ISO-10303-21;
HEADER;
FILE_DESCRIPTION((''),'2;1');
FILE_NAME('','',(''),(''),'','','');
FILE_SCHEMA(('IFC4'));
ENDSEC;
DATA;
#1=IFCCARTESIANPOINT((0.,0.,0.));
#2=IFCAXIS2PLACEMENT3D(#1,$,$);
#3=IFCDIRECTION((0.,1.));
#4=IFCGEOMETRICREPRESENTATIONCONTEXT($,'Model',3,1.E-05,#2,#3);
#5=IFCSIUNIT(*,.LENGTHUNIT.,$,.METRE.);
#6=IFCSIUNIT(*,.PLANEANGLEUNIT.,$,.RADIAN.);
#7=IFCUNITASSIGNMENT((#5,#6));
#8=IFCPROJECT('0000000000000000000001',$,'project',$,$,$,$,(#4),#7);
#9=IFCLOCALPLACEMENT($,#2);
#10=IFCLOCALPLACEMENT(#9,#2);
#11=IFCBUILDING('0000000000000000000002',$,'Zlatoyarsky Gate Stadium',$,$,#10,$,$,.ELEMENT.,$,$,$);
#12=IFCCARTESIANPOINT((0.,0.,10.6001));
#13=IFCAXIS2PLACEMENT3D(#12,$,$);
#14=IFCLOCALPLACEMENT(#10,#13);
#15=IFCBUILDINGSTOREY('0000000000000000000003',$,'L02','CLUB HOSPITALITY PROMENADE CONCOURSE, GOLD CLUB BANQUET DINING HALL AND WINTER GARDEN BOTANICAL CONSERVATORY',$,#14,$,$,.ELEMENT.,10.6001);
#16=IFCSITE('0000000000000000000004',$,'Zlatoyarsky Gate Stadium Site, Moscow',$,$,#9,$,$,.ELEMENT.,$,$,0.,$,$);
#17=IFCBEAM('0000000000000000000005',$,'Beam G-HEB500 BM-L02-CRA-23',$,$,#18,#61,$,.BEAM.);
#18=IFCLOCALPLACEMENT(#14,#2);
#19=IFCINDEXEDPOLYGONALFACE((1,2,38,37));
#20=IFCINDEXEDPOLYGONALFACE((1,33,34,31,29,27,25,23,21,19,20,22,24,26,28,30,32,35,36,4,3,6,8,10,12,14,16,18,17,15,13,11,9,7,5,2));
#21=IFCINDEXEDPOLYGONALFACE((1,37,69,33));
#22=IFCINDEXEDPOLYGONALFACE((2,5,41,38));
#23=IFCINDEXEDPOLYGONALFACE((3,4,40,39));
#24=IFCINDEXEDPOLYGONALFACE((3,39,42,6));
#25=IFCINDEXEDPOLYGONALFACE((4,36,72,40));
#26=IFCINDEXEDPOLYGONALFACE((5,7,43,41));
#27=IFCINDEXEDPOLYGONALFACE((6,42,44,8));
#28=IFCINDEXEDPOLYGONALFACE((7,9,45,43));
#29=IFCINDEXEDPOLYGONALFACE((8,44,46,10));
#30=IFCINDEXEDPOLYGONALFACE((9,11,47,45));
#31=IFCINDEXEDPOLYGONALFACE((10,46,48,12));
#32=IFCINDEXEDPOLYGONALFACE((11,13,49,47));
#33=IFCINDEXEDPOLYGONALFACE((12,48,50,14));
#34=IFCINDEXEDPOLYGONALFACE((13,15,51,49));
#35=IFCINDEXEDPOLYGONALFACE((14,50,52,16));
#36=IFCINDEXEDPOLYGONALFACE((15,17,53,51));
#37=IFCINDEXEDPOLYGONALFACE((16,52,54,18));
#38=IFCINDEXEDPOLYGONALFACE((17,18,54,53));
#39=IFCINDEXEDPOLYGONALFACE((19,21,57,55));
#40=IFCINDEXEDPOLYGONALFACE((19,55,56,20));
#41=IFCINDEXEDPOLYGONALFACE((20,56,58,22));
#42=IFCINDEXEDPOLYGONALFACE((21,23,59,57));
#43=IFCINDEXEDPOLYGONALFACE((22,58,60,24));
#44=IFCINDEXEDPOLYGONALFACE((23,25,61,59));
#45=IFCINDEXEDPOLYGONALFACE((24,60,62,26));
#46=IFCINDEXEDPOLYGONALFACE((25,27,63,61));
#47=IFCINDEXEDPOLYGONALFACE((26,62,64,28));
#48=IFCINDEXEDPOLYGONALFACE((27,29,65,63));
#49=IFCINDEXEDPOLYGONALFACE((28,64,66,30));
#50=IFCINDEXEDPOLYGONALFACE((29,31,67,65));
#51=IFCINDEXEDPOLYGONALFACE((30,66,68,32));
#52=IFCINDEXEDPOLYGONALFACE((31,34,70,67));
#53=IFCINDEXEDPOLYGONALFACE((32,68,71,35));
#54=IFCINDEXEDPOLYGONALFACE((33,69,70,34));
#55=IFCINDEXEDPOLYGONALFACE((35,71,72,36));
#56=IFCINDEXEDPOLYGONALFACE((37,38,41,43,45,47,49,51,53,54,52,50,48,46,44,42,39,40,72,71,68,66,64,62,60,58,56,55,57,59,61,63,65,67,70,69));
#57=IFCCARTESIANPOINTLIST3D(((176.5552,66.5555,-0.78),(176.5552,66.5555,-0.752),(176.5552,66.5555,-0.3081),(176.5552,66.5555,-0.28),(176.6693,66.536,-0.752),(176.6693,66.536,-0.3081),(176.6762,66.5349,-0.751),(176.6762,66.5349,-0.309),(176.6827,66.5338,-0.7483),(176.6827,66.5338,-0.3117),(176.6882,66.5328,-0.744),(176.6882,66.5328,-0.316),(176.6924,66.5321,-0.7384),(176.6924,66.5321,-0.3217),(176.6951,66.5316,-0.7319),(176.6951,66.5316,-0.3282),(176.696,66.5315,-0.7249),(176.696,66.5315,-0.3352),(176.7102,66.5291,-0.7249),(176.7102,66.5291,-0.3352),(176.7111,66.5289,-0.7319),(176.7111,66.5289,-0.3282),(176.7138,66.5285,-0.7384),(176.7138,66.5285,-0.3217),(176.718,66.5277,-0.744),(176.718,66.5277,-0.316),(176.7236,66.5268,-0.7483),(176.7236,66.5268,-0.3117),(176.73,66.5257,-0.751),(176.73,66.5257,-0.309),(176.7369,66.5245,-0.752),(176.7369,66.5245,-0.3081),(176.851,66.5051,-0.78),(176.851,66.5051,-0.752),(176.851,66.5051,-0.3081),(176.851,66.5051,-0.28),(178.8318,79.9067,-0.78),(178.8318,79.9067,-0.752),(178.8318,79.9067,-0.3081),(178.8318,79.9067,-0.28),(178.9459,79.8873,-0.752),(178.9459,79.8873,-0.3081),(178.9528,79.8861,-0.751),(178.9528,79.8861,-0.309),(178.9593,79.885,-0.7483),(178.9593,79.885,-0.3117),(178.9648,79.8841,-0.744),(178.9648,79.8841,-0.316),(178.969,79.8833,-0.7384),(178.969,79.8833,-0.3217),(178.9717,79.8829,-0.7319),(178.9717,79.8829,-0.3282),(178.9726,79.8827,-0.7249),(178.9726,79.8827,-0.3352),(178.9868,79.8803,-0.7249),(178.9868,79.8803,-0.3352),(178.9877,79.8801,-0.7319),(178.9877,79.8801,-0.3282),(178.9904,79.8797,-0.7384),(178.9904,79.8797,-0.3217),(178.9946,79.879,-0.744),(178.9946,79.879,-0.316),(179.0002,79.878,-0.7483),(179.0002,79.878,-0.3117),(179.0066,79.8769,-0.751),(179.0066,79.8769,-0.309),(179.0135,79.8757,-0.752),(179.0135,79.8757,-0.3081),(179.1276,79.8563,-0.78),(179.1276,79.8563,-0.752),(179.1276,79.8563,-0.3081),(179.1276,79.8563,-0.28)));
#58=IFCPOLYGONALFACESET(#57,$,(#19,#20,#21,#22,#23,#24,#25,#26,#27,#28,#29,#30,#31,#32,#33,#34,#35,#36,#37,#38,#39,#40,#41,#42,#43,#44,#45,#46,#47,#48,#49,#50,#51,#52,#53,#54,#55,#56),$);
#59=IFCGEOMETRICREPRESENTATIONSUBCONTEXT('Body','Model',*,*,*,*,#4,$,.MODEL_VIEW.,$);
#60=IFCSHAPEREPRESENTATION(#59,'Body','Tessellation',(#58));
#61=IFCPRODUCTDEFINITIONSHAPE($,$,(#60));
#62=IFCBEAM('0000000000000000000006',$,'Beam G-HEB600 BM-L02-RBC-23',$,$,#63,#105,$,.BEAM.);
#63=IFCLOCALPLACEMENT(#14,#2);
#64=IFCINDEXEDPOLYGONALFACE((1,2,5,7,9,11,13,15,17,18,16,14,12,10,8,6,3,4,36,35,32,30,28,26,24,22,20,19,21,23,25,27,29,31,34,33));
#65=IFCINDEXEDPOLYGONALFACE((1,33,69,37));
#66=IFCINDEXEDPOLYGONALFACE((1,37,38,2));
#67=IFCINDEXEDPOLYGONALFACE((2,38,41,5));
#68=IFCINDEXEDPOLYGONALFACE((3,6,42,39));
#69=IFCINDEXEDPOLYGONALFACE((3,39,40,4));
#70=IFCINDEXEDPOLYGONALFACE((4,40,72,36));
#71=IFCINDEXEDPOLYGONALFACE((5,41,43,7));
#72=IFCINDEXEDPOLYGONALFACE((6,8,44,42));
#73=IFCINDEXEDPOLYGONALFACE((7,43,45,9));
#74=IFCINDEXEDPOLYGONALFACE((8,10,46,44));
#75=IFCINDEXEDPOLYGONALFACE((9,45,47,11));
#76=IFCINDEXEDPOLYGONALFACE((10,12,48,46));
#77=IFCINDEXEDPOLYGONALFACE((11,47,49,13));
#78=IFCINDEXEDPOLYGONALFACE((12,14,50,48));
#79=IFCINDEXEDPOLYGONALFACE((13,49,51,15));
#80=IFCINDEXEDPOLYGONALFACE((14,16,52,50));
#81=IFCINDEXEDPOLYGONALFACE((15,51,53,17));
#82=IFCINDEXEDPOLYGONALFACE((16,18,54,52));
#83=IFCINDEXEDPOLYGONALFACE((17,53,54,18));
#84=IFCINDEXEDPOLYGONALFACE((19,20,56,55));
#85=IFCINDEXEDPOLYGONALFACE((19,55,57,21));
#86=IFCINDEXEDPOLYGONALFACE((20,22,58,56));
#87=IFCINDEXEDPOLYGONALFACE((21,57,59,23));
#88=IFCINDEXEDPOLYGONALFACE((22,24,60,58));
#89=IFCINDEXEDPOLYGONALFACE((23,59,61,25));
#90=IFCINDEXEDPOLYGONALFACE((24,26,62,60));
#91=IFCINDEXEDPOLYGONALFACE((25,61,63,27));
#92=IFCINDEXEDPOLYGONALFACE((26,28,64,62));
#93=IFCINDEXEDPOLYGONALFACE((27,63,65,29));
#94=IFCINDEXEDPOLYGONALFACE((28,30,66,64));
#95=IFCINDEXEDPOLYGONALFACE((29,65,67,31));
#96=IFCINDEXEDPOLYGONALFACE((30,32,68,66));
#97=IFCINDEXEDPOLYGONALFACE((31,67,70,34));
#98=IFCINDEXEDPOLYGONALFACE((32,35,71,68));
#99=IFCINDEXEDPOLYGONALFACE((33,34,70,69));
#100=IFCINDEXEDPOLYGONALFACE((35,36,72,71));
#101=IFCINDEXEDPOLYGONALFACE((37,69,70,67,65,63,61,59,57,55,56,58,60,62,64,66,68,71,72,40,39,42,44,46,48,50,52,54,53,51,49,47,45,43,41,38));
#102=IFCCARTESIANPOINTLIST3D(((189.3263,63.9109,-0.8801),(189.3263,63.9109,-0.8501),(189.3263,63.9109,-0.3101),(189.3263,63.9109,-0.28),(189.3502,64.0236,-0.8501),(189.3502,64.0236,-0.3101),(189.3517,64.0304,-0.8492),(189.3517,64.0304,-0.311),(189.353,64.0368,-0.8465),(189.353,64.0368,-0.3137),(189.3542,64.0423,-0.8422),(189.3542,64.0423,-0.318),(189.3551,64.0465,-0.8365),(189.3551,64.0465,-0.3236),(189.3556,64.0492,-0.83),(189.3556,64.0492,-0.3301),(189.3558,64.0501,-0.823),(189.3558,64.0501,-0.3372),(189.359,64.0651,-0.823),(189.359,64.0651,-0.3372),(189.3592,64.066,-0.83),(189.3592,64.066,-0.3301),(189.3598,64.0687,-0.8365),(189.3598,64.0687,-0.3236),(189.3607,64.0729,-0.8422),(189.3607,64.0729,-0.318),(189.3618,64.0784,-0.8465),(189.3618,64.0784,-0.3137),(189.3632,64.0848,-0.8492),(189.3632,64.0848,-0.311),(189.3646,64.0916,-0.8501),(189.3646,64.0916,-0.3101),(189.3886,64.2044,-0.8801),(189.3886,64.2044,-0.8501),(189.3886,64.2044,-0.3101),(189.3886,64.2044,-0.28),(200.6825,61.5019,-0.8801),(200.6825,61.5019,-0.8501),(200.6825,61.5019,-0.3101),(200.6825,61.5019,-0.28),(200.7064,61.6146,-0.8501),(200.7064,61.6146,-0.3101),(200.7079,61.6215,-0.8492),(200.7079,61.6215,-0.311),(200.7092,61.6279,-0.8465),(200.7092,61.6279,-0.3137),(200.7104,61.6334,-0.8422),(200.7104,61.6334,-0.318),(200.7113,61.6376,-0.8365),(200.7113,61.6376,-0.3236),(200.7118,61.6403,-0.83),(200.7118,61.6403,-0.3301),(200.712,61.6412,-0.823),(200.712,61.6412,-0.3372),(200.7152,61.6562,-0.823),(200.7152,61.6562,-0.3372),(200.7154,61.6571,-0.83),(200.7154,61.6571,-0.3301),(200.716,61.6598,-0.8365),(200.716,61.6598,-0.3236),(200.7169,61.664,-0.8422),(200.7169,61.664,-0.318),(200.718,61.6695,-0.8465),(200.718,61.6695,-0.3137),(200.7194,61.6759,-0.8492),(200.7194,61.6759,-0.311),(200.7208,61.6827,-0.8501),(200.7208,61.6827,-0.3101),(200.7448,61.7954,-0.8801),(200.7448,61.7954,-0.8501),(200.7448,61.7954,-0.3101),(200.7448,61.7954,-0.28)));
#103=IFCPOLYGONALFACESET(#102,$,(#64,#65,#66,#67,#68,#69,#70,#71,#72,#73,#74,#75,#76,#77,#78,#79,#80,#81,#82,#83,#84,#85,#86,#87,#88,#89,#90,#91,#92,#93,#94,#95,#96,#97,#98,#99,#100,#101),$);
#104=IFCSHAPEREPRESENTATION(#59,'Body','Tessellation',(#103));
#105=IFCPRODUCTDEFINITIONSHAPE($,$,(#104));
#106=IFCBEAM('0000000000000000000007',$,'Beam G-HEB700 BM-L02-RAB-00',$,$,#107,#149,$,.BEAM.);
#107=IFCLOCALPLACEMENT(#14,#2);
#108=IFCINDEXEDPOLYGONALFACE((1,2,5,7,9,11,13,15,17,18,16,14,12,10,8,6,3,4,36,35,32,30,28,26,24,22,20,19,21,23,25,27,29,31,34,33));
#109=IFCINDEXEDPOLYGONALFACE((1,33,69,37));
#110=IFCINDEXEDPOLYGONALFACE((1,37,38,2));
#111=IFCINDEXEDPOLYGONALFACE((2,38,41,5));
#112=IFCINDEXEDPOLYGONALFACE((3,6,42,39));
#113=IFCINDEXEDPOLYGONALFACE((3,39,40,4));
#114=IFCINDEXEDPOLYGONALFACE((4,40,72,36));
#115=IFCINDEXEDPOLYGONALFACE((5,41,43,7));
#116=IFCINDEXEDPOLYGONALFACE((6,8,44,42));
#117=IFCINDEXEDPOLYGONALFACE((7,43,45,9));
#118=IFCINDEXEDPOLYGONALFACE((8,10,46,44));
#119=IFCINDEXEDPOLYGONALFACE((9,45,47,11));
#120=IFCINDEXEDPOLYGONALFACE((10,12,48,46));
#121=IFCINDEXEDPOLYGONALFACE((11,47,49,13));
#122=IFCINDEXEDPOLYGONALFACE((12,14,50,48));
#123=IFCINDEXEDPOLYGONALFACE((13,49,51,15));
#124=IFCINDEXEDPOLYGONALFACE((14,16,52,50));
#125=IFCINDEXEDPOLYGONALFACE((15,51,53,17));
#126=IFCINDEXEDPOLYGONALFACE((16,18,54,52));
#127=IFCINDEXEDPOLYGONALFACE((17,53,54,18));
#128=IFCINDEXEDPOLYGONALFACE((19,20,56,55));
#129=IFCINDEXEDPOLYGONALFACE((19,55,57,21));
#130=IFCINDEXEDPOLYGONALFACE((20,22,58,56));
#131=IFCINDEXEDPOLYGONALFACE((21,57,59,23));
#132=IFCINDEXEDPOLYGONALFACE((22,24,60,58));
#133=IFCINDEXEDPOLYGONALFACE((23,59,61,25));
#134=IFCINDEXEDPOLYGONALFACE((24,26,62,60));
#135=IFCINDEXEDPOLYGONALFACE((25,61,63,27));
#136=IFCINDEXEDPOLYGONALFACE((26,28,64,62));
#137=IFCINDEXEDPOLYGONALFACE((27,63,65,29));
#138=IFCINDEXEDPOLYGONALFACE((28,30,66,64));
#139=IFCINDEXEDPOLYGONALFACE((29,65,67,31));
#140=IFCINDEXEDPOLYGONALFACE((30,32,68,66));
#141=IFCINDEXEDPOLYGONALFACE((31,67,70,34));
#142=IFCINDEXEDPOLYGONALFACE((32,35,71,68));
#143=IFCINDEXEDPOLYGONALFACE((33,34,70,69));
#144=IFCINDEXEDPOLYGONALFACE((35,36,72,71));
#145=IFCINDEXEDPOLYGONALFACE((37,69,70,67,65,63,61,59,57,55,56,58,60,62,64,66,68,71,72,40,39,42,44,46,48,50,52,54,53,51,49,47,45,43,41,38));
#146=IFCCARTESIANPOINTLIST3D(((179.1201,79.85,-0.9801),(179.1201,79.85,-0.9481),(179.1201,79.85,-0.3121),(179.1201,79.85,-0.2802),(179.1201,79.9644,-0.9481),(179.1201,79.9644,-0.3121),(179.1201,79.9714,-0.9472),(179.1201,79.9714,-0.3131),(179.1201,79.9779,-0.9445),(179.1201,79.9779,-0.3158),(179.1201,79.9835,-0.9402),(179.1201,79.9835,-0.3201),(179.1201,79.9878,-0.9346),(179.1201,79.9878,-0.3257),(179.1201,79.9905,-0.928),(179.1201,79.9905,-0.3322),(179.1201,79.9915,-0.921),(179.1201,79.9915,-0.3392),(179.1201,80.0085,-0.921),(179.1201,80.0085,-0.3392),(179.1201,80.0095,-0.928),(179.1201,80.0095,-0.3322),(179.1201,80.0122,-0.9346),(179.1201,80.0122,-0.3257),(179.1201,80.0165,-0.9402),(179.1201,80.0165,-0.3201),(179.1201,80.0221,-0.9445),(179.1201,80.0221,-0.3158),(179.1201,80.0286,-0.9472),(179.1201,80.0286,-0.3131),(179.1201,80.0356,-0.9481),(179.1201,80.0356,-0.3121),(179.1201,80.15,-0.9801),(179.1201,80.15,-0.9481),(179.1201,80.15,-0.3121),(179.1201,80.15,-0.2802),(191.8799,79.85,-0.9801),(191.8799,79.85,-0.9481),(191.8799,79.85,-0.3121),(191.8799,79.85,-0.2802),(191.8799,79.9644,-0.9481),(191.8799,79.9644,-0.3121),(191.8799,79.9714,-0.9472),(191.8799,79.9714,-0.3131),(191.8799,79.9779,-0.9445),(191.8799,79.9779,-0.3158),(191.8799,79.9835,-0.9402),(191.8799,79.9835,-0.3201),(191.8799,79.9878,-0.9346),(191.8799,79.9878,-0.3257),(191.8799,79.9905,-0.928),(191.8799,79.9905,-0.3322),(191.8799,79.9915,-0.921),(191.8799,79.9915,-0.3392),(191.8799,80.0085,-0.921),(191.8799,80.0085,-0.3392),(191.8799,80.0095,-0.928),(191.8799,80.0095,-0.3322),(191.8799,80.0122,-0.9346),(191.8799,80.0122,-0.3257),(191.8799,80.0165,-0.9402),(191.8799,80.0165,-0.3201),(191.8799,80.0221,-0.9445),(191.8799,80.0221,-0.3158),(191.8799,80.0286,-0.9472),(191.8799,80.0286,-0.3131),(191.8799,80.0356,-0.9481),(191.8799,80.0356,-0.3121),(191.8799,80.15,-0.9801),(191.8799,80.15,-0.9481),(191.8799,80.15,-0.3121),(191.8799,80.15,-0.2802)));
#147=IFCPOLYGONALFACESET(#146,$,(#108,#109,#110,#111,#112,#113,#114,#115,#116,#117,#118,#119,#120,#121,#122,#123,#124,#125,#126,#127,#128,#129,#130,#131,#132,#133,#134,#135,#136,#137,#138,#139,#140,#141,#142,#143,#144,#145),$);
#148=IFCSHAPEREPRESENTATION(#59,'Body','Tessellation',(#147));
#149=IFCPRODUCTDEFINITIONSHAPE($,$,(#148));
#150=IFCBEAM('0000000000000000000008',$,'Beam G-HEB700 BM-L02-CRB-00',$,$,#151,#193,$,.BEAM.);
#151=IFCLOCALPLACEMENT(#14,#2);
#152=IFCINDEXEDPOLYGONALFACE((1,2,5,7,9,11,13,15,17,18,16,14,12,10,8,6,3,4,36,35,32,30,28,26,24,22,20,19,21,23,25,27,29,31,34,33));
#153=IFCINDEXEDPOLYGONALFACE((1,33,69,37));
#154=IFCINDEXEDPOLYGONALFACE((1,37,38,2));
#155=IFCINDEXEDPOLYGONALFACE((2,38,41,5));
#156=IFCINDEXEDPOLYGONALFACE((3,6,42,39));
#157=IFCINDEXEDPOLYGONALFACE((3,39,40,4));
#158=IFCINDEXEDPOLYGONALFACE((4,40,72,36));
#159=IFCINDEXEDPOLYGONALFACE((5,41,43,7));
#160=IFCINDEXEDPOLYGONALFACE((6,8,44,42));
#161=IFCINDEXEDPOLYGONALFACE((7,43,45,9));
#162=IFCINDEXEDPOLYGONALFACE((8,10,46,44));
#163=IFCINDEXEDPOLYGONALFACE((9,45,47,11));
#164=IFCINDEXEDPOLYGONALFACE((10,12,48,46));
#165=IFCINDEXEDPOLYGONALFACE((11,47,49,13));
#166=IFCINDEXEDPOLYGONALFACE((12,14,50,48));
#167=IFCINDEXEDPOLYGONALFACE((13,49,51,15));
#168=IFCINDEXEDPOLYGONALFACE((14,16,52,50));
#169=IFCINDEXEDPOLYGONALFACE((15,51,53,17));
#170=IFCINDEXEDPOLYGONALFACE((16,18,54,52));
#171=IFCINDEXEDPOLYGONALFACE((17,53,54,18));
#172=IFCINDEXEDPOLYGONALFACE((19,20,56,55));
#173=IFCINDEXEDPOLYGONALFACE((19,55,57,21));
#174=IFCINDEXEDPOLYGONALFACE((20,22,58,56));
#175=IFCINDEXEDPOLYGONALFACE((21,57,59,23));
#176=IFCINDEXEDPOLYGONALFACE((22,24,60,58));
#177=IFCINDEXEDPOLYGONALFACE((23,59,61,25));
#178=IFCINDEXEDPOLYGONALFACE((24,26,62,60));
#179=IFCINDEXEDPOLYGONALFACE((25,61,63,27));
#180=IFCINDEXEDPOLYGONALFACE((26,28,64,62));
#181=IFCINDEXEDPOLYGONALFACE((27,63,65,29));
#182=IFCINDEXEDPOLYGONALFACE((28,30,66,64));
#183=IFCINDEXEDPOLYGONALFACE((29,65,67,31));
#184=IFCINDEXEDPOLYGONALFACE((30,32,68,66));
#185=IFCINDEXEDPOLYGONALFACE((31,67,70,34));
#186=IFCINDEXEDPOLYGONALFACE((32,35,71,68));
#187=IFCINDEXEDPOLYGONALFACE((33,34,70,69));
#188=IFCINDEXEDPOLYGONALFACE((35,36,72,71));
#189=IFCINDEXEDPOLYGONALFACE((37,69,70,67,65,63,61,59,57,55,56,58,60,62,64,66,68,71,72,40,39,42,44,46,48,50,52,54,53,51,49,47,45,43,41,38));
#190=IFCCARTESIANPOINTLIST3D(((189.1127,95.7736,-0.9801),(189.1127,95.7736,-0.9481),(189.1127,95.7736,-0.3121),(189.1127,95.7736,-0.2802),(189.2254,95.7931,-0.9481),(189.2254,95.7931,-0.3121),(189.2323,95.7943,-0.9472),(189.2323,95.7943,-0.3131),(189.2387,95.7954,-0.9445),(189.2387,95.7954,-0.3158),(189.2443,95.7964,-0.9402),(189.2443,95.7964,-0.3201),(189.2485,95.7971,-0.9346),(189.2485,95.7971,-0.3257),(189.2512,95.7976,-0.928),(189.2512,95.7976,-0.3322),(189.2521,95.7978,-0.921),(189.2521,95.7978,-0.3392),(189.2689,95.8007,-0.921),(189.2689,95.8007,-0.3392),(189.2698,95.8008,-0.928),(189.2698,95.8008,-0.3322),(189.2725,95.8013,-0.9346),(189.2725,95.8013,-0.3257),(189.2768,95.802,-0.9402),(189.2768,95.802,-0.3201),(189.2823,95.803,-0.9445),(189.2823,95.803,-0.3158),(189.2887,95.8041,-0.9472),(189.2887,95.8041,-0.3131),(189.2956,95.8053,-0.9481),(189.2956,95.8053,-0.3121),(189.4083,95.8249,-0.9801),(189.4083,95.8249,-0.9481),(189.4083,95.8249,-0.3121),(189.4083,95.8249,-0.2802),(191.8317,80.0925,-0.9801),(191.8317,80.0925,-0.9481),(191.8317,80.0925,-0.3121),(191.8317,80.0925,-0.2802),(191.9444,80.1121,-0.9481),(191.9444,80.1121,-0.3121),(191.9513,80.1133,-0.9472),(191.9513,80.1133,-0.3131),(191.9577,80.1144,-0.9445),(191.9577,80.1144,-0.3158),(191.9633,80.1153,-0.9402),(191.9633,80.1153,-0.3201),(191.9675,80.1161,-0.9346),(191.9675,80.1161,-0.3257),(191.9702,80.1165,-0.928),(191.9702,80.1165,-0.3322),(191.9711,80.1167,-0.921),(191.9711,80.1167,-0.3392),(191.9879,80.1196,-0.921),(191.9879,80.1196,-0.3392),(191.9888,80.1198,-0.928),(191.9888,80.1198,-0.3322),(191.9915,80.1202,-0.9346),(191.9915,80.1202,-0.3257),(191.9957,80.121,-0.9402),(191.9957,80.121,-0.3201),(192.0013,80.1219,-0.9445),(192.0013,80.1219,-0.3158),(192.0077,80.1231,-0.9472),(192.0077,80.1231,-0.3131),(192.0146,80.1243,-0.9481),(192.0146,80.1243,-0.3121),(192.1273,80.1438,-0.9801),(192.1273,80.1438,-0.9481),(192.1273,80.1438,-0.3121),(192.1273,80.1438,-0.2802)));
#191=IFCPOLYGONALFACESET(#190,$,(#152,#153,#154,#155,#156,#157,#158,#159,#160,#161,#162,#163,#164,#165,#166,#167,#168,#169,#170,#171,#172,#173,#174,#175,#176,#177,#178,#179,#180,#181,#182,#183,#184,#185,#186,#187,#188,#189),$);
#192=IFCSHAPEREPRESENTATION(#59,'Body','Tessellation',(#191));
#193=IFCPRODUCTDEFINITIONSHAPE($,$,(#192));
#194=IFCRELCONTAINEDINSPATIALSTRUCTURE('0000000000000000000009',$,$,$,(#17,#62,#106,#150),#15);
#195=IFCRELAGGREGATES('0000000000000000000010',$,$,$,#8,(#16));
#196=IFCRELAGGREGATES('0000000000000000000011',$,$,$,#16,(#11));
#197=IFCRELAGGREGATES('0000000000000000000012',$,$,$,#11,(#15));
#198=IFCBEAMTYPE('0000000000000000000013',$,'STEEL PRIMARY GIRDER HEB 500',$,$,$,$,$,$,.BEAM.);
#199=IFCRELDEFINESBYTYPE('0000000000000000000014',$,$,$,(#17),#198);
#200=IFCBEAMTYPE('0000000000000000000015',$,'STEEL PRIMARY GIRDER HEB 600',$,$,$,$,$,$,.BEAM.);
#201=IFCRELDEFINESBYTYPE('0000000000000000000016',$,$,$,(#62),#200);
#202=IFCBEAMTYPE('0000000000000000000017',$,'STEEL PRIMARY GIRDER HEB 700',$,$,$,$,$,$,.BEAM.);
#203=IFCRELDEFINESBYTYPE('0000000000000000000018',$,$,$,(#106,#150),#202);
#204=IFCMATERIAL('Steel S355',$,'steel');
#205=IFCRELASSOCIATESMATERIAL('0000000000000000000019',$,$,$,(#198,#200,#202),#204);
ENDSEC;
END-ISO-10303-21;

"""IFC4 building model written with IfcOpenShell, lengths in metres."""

from ifc_helpers import new_model, si_unit, direction, frame, origin, origin_2d, place, context, subcontext, project, spatial, i_section, extrude, material, material_profile, profile_set, type_object, element, save


model = new_model("IFC4")

# Units and contexts
model_context = context("Model", 3, precision=1e-05, world=origin(), true_north=direction((0.0, 1.0)))
body_context = subcontext(model_context, "Body", "Model", "MODEL_VIEW")
ifc_project = project(units=[si_unit("LENGTHUNIT", "METRE"), si_unit("PLANEANGLEUNIT", "RADIAN")], contexts=[model_context])

# Site, building, storey
site_placement = place(None, origin())
site = spatial("IfcSite", under=ifc_project, at=site_placement, Name="Zlatoyarsky Gate Stadium Site, Moscow", CompositionType="ELEMENT", RefElevation=0.0)
building_placement = place(site_placement, origin())
building = spatial("IfcBuilding", under=site, at=building_placement, Name="Zlatoyarsky Gate Stadium", CompositionType="ELEMENT")
storey_placement = place(building_placement, frame((0.0, 0.0, 10.6001)))
storey = spatial("IfcBuildingStorey", under=building, at=storey_placement, Name="L02", Description="CLUB HOSPITALITY PROMENADE CONCOURSE, GOLD CLUB BANQUET DINING HALL AND WINTER GARDEN BOTANICAL CONSERVATORY", CompositionType="ELEMENT", Elevation=10.6001)

# Shared definitions
ifc_material_1 = material(Name="Steel S355", Category="steel")

# Beams
ifc_material_profile_1 = material_profile(ifc_material_1, i_section(OverallWidth=0.3, OverallDepth=0.5, WebThickness=0.0144, FlangeThickness=0.0281, FilletRadius=0.0271, at=origin_2d()), Name="HEB 500")
ifc_profile_set_1 = profile_set([ifc_material_profile_1], Name="Steel S355")
beam_type_1 = type_object("IfcBeamType", Name="STEEL PRIMARY GIRDER HEB 500", PredefinedType="BEAM", material=ifc_profile_set_1)
for number, where, z_axis, x_axis, name in (
    (1, (176.7031, 66.5303, -0.53), (0.16809, 0.985772, 0.0), (-0.985772, 0.16809, 0.0), "Beam G-HEB500 BM-L02-CRA-23"),
):
    element("IfcBeam", number, at=place(storey_placement, frame(where, z_axis=z_axis, x_axis=x_axis)), inside=storey, type_object=beam_type_1, Name=name, PredefinedType="BEAM", context=body_context, shape_type="SweptSolid", body=[
        extrude(i_section(OverallWidth=0.3, OverallDepth=0.5, WebThickness=0.0144, FlangeThickness=0.0281, FilletRadius=0.0271, at=origin_2d()), origin(), (0.0, 0.0, 1.0), 13.5439),
    ])
ifc_material_profile_2 = material_profile(ifc_material_1, i_section(OverallWidth=0.3, OverallDepth=0.6001, WebThickness=0.0154, FlangeThickness=0.03, FilletRadius=0.0271, at=origin_2d()), Name="HEB 600")
ifc_profile_set_2 = profile_set([ifc_material_profile_2], Name="Steel S355")
beam_type_2 = type_object("IfcBeamType", Name="STEEL PRIMARY GIRDER HEB 600", PredefinedType="BEAM", material=ifc_profile_set_2)
beam_1_placement = place(storey_placement, frame((189.3574, 64.0576, -0.5801), z_axis=(0.978233, -0.207508, 0.0), x_axis=(0.207508, 0.978233, 0.0)))
element("IfcBeam", 2, at=beam_1_placement, inside=storey, type_object=beam_type_2, Name="Beam G-HEB600 BM-L02-RBC-23", PredefinedType="BEAM", context=body_context, shape_type="SweptSolid", body=[
    extrude(i_section(OverallWidth=0.3, OverallDepth=0.6001, WebThickness=0.0154, FlangeThickness=0.03, FilletRadius=0.0271, at=origin_2d()), origin(), (0.0, 0.0, 1.0), 11.6089),
])
ifc_material_profile_3 = material_profile(ifc_material_1, i_section(OverallWidth=0.3, OverallDepth=0.7, WebThickness=0.0171, FlangeThickness=0.032, FilletRadius=0.0271, at=origin_2d()), Name="HEB 700")
ifc_profile_set_3 = profile_set([ifc_material_profile_3], Name="Steel S355")
beam_type_3 = type_object("IfcBeamType", Name="STEEL PRIMARY GIRDER HEB 700", PredefinedType="BEAM", material=ifc_profile_set_3)
beam_2_placement = place(storey_placement, frame((179.1201, 80.0, -0.6301), z_axis=(1.0, 0.0, 0.0), x_axis=(0.0, 1.0, 0.0)))
element("IfcBeam", 3, at=beam_2_placement, inside=storey, type_object=beam_type_3, Name="Beam G-HEB700 BM-L02-RAB-00", PredefinedType="BEAM", context=body_context, shape_type="SweptSolid", body=[
    extrude(i_section(OverallWidth=0.3, OverallDepth=0.7, WebThickness=0.0171, FlangeThickness=0.032, FilletRadius=0.0271, at=origin_2d()), origin(), (0.0, 0.0, 1.0), 12.7598),
])
beam_3_placement = place(storey_placement, frame((191.9795, 80.1182, -0.6301), z_axis=(-0.170843, 0.985298, 0.0), x_axis=(-0.985298, -0.170843, 0.0)))
element("IfcBeam", 4, at=beam_3_placement, inside=storey, type_object=beam_type_3, Name="Beam G-HEB700 BM-L02-CRB-00", PredefinedType="BEAM", context=body_context, shape_type="SweptSolid", body=[
    extrude(i_section(OverallWidth=0.3, OverallDepth=0.7, WebThickness=0.0171, FlangeThickness=0.032, FilletRadius=0.0271, at=origin_2d()), origin(), (0.0, 0.0, 1.0), 15.915),
])

save(model, "model.ifc")
